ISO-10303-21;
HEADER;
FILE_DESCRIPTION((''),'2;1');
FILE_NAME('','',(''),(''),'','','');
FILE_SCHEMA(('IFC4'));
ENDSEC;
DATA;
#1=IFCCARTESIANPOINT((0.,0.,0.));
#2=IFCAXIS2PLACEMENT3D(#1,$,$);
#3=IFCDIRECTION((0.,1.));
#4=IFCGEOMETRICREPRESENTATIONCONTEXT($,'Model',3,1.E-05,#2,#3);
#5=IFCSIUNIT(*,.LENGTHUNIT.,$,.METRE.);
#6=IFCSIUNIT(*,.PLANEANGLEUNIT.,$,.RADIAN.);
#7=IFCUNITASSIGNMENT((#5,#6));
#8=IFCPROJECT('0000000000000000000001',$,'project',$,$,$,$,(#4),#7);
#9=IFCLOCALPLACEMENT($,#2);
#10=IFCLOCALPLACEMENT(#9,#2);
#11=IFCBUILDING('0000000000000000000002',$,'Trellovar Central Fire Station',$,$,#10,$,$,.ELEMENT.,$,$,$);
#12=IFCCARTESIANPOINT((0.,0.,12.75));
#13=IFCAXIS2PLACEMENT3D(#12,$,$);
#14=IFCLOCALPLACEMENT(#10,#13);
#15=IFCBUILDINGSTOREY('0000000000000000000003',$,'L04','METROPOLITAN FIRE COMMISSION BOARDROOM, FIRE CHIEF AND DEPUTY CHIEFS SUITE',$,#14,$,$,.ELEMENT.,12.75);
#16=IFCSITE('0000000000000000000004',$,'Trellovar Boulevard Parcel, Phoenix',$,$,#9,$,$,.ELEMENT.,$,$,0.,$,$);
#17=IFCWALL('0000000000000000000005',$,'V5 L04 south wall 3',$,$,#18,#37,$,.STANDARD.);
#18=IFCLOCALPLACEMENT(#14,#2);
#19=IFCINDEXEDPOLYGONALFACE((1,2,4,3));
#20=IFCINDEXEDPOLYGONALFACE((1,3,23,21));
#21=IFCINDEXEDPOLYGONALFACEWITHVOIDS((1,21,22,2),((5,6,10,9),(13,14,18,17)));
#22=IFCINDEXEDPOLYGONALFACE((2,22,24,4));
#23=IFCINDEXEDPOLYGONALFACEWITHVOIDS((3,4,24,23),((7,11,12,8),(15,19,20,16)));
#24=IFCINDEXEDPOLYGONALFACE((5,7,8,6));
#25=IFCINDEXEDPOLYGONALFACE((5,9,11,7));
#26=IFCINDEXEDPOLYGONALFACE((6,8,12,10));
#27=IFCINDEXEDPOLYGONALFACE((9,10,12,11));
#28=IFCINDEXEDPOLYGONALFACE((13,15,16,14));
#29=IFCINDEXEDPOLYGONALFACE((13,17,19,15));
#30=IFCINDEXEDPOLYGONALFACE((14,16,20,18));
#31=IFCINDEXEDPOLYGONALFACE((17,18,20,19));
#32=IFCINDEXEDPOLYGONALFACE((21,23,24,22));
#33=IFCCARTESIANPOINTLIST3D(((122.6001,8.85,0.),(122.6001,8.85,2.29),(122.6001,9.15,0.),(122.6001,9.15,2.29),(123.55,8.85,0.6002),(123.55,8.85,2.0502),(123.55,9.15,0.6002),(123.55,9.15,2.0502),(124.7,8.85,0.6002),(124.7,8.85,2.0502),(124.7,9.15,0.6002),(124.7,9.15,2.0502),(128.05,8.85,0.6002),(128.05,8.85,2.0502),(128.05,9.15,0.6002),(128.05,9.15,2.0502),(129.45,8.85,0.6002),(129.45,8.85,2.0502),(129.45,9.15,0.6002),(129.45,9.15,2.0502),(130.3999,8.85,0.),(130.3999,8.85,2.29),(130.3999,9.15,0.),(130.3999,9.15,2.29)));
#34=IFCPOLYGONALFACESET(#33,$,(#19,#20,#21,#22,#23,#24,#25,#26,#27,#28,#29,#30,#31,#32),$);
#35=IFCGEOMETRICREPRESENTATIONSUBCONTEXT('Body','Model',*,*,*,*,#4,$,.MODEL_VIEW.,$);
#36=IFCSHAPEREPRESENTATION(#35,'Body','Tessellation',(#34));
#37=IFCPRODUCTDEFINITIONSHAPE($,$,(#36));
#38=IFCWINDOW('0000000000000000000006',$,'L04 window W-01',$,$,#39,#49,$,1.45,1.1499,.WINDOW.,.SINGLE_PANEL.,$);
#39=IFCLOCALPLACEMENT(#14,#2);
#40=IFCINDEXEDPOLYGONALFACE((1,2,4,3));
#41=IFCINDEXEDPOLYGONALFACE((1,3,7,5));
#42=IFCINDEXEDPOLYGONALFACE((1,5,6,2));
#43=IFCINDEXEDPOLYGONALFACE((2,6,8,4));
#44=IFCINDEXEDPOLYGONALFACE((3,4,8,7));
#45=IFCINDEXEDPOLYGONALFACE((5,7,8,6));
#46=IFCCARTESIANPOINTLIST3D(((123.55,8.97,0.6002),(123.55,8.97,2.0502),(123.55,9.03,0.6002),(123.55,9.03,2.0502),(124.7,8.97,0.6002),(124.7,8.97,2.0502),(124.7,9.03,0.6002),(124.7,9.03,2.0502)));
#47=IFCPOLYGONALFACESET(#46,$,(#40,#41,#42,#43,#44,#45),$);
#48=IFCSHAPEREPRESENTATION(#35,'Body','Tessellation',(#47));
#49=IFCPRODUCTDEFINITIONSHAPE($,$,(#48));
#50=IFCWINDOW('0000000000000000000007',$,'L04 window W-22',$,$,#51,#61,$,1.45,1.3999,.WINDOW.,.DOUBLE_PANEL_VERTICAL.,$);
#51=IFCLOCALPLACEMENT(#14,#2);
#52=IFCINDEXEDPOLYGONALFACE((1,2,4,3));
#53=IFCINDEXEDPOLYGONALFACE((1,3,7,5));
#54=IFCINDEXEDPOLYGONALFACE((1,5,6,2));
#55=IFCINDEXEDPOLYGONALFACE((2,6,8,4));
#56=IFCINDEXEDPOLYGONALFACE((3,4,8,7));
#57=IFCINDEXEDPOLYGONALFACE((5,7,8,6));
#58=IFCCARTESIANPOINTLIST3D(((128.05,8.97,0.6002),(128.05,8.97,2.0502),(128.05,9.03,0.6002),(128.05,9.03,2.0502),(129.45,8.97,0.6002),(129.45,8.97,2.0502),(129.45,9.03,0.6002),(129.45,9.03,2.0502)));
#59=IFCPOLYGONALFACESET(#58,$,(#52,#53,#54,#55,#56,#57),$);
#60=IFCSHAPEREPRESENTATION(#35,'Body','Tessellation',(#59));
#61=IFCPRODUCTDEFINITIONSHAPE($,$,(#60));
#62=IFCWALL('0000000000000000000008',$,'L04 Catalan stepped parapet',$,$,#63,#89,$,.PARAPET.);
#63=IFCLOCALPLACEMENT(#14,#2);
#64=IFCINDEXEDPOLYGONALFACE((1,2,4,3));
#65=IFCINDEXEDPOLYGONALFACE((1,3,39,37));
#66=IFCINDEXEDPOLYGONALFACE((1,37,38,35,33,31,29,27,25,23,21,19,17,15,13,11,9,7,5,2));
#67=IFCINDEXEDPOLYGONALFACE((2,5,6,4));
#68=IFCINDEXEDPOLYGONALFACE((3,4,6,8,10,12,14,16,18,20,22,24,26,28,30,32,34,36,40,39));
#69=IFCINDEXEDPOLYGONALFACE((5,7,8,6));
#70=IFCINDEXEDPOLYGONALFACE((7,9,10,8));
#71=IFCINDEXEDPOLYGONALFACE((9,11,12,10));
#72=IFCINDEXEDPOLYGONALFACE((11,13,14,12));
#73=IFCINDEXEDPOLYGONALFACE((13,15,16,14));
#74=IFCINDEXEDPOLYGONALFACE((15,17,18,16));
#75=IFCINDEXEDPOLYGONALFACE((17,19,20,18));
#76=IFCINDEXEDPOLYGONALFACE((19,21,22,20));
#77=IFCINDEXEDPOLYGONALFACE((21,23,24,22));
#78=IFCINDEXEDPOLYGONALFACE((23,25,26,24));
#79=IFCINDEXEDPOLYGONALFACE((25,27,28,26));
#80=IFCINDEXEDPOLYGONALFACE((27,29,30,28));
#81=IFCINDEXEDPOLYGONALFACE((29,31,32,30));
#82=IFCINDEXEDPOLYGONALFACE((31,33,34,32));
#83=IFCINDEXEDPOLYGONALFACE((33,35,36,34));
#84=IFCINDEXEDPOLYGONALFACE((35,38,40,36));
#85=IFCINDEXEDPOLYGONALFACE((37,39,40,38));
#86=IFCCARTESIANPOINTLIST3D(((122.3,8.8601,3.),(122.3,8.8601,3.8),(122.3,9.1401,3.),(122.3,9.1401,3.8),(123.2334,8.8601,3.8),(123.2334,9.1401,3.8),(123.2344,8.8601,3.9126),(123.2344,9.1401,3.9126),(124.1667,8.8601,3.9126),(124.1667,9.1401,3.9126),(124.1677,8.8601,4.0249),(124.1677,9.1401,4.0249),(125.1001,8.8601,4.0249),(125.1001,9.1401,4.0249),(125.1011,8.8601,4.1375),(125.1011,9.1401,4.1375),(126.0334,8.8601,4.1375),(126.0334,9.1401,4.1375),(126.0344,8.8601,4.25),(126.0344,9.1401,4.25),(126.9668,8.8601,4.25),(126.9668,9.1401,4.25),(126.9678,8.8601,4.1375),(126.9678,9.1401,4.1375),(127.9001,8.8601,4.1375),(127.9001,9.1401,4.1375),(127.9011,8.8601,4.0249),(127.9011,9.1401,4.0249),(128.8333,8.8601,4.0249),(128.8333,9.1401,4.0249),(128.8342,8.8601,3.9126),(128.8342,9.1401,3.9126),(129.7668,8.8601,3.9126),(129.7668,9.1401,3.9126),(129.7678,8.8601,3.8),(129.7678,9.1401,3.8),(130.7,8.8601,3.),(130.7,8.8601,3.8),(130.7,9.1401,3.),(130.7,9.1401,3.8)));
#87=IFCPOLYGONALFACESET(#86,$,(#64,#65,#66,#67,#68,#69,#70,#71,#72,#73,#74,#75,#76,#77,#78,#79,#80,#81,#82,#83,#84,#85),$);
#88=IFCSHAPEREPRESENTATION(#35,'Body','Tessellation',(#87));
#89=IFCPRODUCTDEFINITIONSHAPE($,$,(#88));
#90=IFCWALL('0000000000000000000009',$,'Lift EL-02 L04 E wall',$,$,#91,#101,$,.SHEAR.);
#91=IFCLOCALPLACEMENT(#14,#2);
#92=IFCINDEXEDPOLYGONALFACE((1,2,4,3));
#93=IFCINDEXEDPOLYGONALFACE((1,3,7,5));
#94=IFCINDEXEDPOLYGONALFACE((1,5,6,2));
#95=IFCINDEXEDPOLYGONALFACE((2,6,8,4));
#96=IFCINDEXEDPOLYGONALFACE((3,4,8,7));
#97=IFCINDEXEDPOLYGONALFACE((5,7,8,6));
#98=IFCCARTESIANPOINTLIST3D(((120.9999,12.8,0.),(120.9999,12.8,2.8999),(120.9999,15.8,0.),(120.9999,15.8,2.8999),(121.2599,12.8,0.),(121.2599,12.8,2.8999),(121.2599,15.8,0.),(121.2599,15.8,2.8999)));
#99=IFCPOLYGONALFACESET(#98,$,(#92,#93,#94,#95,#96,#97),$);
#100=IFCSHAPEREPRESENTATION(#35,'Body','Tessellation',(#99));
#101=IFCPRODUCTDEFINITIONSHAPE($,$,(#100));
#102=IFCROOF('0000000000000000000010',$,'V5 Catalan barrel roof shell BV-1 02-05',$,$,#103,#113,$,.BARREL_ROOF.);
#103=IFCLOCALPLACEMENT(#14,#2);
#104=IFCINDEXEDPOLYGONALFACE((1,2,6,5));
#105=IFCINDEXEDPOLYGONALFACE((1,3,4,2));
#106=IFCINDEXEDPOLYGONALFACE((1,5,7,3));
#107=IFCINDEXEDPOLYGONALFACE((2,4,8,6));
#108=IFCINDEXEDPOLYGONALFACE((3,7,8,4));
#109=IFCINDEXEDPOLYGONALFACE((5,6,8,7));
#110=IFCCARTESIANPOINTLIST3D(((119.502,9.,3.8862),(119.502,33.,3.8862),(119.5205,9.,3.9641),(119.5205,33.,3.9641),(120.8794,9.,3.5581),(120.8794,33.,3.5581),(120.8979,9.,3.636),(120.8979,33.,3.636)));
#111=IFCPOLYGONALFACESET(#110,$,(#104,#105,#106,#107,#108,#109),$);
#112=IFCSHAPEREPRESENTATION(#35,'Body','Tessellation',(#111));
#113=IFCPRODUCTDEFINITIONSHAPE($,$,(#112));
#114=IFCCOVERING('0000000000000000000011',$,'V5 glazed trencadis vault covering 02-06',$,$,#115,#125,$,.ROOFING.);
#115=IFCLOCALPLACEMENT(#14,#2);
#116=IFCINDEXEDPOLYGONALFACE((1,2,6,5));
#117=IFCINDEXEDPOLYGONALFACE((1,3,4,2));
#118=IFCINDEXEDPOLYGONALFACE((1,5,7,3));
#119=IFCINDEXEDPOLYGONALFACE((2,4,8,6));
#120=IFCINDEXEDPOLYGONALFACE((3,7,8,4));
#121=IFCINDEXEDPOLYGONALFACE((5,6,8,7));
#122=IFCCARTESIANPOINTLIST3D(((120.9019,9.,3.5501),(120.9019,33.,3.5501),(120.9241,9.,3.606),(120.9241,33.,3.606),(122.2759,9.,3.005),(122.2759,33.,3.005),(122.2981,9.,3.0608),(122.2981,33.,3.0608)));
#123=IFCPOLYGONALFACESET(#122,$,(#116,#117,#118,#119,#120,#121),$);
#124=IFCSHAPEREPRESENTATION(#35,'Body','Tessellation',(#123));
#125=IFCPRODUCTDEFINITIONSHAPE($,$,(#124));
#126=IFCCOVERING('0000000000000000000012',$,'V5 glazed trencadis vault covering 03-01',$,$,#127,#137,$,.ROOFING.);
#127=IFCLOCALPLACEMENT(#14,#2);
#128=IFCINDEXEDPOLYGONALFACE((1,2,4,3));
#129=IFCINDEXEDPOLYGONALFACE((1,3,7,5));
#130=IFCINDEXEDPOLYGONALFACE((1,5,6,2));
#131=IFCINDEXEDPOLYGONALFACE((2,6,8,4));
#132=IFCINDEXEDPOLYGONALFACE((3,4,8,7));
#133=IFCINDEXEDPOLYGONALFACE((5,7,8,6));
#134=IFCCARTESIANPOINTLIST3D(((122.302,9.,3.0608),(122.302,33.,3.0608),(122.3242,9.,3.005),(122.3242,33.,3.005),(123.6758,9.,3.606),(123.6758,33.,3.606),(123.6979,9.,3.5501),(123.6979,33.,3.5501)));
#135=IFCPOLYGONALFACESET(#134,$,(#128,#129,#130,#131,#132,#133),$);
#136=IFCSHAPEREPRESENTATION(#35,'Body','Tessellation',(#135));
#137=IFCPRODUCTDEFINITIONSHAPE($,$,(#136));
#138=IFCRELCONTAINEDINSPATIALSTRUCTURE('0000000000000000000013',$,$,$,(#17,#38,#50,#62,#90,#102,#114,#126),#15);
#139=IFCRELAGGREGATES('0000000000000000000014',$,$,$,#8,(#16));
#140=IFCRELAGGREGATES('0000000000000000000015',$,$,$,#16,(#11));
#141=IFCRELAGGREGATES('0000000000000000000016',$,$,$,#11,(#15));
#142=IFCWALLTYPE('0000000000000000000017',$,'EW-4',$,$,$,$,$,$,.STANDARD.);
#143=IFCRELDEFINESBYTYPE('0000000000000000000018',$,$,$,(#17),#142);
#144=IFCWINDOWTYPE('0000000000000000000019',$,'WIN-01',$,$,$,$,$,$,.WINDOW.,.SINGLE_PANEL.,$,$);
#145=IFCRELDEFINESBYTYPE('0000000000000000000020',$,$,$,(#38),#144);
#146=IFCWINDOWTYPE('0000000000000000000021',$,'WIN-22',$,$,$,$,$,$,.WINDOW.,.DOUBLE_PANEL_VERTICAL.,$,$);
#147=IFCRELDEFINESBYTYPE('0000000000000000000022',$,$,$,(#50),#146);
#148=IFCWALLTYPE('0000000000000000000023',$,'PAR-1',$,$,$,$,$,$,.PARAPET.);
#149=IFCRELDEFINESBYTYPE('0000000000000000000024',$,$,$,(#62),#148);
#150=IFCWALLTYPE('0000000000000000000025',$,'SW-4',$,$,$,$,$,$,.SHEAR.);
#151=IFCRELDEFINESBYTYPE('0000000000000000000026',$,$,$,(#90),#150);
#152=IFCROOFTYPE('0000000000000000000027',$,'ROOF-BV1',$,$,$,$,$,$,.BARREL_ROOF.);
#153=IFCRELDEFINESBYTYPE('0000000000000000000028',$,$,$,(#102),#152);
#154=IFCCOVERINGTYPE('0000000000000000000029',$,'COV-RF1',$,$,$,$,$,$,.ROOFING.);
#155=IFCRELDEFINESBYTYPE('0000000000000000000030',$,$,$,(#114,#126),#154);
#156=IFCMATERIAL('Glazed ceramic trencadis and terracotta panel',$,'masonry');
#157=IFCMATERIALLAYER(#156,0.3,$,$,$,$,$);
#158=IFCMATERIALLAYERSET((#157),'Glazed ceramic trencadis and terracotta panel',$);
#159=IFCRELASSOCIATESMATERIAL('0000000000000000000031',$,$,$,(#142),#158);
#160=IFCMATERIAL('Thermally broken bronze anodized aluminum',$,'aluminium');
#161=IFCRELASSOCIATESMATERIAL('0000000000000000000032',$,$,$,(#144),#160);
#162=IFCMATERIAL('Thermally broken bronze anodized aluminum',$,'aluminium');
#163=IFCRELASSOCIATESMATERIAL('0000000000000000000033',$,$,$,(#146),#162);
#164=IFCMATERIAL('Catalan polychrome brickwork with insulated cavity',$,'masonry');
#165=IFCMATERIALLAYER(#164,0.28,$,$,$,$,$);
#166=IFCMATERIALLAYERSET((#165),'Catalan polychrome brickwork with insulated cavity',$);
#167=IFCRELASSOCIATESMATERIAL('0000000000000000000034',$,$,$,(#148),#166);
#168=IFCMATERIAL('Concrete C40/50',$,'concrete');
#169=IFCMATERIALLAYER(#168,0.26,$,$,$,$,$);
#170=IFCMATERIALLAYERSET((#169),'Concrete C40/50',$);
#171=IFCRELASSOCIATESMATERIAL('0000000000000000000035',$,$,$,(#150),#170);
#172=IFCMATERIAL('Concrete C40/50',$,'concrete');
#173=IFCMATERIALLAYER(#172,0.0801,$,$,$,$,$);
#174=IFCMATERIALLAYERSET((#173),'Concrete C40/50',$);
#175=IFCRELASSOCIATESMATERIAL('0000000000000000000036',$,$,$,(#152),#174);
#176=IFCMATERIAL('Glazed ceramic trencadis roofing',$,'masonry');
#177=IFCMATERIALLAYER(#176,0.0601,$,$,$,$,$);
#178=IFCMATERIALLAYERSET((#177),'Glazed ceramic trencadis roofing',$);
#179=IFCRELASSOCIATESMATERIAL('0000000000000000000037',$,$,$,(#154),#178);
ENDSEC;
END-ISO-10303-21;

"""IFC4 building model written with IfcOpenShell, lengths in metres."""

from ifc_helpers import new_model, si_unit, direction, frame, frame_2d, origin, place, context, subcontext, project, spatial, polyline, rectangle, outline, extrude, material, layer, layer_set, type_object, element, fill, save


model = new_model("IFC4")

# Units and contexts
model_context = context("Model", 3, precision=1e-05, world=origin(), true_north=direction((0.0, 1.0)))
body_context = subcontext(model_context, "Body", "Model", "MODEL_VIEW")
ifc_project = project(units=[si_unit("LENGTHUNIT", "METRE"), si_unit("PLANEANGLEUNIT", "RADIAN")], contexts=[model_context])

# Site, building, storey
site_placement = place(None, origin())
site = spatial("IfcSite", under=ifc_project, at=site_placement, Name="Trellovar Boulevard Parcel, Phoenix", CompositionType="ELEMENT", RefElevation=0.0)
building_placement = place(site_placement, origin())
building = spatial("IfcBuilding", under=site, at=building_placement, Name="Trellovar Central Fire Station", CompositionType="ELEMENT")
storey_placement = place(building_placement, frame((0.0, 0.0, 12.75)))
storey = spatial("IfcBuildingStorey", under=building, at=storey_placement, Name="L04", Description="METROPOLITAN FIRE COMMISSION BOARDROOM, FIRE CHIEF AND DEPUTY CHIEFS SUITE", CompositionType="ELEMENT", Elevation=12.75)

# Wall, openings, windows
ifc_material_1 = material(Name="Glazed ceramic trencadis and terracotta panel", Category="masonry")
ifc_layer_1 = layer(ifc_material_1, 0.3)
ifc_layer_set_1 = layer_set([ifc_layer_1], Name="Glazed ceramic trencadis and terracotta panel")
wall_type_1 = type_object("IfcWallType", Name="EW-4", PredefinedType="STANDARD", material=ifc_layer_set_1)
wall_1_placement = place(storey_placement, frame((122.6001, 9.0, 0.0), z_axis=(0.0, 0.0, 1.0), x_axis=(1.0, 0.0, 0.0)))
wall_1 = element("IfcWall", 1, at=wall_1_placement, inside=storey, type_object=wall_type_1, Name="V5 L04 south wall 3", PredefinedType="STANDARD", context=body_context, shape_type="SweptSolid", body=[
    extrude(rectangle(XDim=7.7998, YDim=0.3, at=frame_2d((3.8999, 0.0))), origin(), (0.0, 0.0, 1.0), 2.29),
])
opening_1_placement = place(wall_1_placement, frame((0.95, 0.0, 0.6001)))
opening_1 = element("IfcOpeningElement", 2, at=opening_1_placement, cuts=wall_1, PredefinedType="OPENING", context=body_context, shape_type="SweptSolid", body=[
    extrude(rectangle(XDim=1.1499, YDim=1.45, at=frame_2d((0.575, 0.7251))), frame((0.0, 0.1599, 0.0), z_axis=(0.0, -1.0, 0.0), x_axis=(1.0, 0.0, 0.0)), (0.0, 0.0, 1.0), 0.3201),
])
opening_2_placement = place(wall_1_placement, frame((5.45, 0.0, 0.6001)))
opening_2 = element("IfcOpeningElement", 3, at=opening_2_placement, cuts=wall_1, PredefinedType="OPENING", context=body_context, shape_type="SweptSolid", body=[
    extrude(rectangle(XDim=1.3999, YDim=1.45, at=frame_2d((0.7, 0.7251))), frame((0.0, 0.1599, 0.0), z_axis=(0.0, -1.0, 0.0), x_axis=(1.0, 0.0, 0.0)), (0.0, 0.0, 1.0), 0.3201),
])
ifc_material_2 = material(Name="Thermally broken bronze anodized aluminum", Category="aluminium")
window_type_1 = type_object("IfcWindowType", Name="WIN-01", PartitioningType="SINGLE_PANEL", PredefinedType="WINDOW", material=ifc_material_2)
window_1_placement = place(opening_1_placement, origin())
window_1 = element("IfcWindow", 4, at=window_1_placement, inside=storey, type_object=window_type_1, Name="L04 window W-01", OverallHeight=1.45, OverallWidth=1.1499, PartitioningType="SINGLE_PANEL", PredefinedType="WINDOW", context=body_context, shape_type="SweptSolid", body=[
    extrude(rectangle(XDim=1.1499, YDim=1.45, at=frame_2d((0.575, 0.7251))), frame((0.0, 0.03, 0.0), z_axis=(0.0, -1.0, 0.0), x_axis=(1.0, 0.0, 0.0)), (0.0, 0.0, 1.0), 0.0601),
])
fill(opening_1, window_1)
ifc_material_3 = material(Name="Thermally broken bronze anodized aluminum", Category="aluminium")
window_type_2 = type_object("IfcWindowType", Name="WIN-22", PartitioningType="DOUBLE_PANEL_VERTICAL", PredefinedType="WINDOW", material=ifc_material_3)
window_2_placement = place(opening_2_placement, origin())
window_2 = element("IfcWindow", 5, at=window_2_placement, inside=storey, type_object=window_type_2, Name="L04 window W-22", OverallHeight=1.45, OverallWidth=1.3999, PartitioningType="DOUBLE_PANEL_VERTICAL", PredefinedType="WINDOW", context=body_context, shape_type="SweptSolid", body=[
    extrude(rectangle(XDim=1.3999, YDim=1.45, at=frame_2d((0.7, 0.7251))), frame((0.0, 0.03, 0.0), z_axis=(0.0, -1.0, 0.0), x_axis=(1.0, 0.0, 0.0)), (0.0, 0.0, 1.0), 0.0601),
])
fill(opening_2, window_2)

# Wall
ifc_material_4 = material(Name="Catalan polychrome brickwork with insulated cavity", Category="masonry")
ifc_layer_2 = layer(ifc_material_4, 0.28)
ifc_layer_set_2 = layer_set([ifc_layer_2], Name="Catalan polychrome brickwork with insulated cavity")
wall_type_2 = type_object("IfcWallType", Name="PAR-1", PredefinedType="PARAPET", material=ifc_layer_set_2)
wall_2_placement = place(storey_placement, frame((122.3, 9.0, 3.0), z_axis=(0.0, 0.0, 1.0), x_axis=(1.0, 0.0, 0.0)))
element("IfcWall", 6, at=wall_2_placement, inside=storey, type_object=wall_type_2, Name="L04 Catalan stepped parapet", PredefinedType="PARAPET", context=body_context, shape_type="SweptSolid", body=[
    extrude(outline(polyline([(0.0, 0.0), (8.3999, 0.0), (8.3999, 0.8), (7.4678, 0.8), (7.4668, 0.9126), (6.5342, 0.9126), (6.5332, 1.0249), (5.6011, 1.0249), (5.6001, 1.1375), (4.6677, 1.1375), (4.6667, 1.25), (3.7344, 1.25), (3.7334, 1.1375), (2.801, 1.1375), (2.8, 1.0249), (1.8677, 1.0249), (1.8667, 0.9126), (0.9343, 0.9126), (0.9333, 0.8), (0.0, 0.8), (0.0, 0.0)])), frame((0.0, 0.1401, 0.0), z_axis=(0.0, -1.0, 0.0), x_axis=(1.0, 0.0, 0.0)), (0.0, 0.0, 1.0), 0.28),
])

# Shared definitions
ifc_material_5 = material(Name="Concrete C40/50", Category="concrete")
ifc_layer_3 = layer(ifc_material_5, 0.26)
ifc_layer_set_3 = layer_set([ifc_layer_3], Name="Concrete C40/50")
wall_type_3 = type_object("IfcWallType", Name="SW-4", PredefinedType="SHEAR", material=ifc_layer_set_3)

# Wall
wall_3_placement = place(storey_placement, frame((121.1299, 12.8, 0.0), z_axis=(0.0, 0.0, 1.0), x_axis=(0.0, 1.0, 0.0)))
element("IfcWall", 7, at=wall_3_placement, inside=storey, type_object=wall_type_3, Name="Lift EL-02 L04 E wall", PredefinedType="SHEAR", context=body_context, shape_type="SweptSolid", body=[
    extrude(rectangle(XDim=3.0, YDim=0.26, at=frame_2d((1.5, 0.0))), origin(), (0.0, 0.0, 1.0), 2.8999),
])

# Roof
ifc_material_6 = material(Name="Concrete C40/50", Category="concrete")
ifc_layer_4 = layer(ifc_material_6, 0.0801)
ifc_layer_set_4 = layer_set([ifc_layer_4], Name="Concrete C40/50")
roof_type = type_object("IfcRoofType", Name="ROOF-BV1", PredefinedType="BARREL_ROOF", material=ifc_layer_set_4)
roof_placement = place(storey_placement, frame((119.5205, 9.0, 3.9641), z_axis=(0.231729, 0.0, 0.97278), x_axis=(0.97278, 0.0, -0.231729)))
element("IfcRoof", 8, at=roof_placement, inside=storey, type_object=roof_type, Name="V5 Catalan barrel roof shell BV-1 02-05", PredefinedType="BARREL_ROOF", context=body_context, shape_type="SweptSolid", body=[
    extrude(outline(polyline([(0.0, 0.0), (1.416, 0.0), (1.416, 24.0), (0.0, 24.0), (0.0, 0.0)])), origin(), (0.0, 0.0, -1.0), 0.0801),
])

# Coverings
ifc_material_7 = material(Name="Glazed ceramic trencadis roofing", Category="masonry")
ifc_layer_5 = layer(ifc_material_7, 0.0601)
ifc_layer_set_5 = layer_set([ifc_layer_5], Name="Glazed ceramic trencadis roofing")
covering_type = type_object("IfcCoveringType", Name="COV-RF1", PredefinedType="ROOFING", material=ifc_layer_set_5)
covering_1_placement = place(storey_placement, frame((120.9241, 9.0, 3.606), z_axis=(0.368798, 0.0, 0.92951), x_axis=(0.92951, 0.0, -0.368798)))
element("IfcCovering", 9, at=covering_1_placement, inside=storey, type_object=covering_type, Name="V5 glazed trencadis vault covering 02-06", PredefinedType="ROOFING", context=body_context, shape_type="SweptSolid", body=[
    extrude(outline(polyline([(0.0, 0.0), (1.4782, 0.0), (1.4782, 24.0), (0.0, 24.0), (0.0, 0.0)])), origin(), (0.0, 0.0, -1.0), 0.0601),
])
covering_2_placement = place(storey_placement, frame((122.302, 9.0, 3.0608), z_axis=(-0.368855, 0.0, 0.929487), x_axis=(0.929487, 0.0, 0.368855)))
element("IfcCovering", 10, at=covering_2_placement, inside=storey, type_object=covering_type, Name="V5 glazed trencadis vault covering 03-01", PredefinedType="ROOFING", context=body_context, shape_type="SweptSolid", body=[
    extrude(outline(polyline([(0.0, 0.0), (1.478, 0.0), (1.478, 24.0), (0.0, 24.0), (0.0, 0.0)])), origin(), (0.0, 0.0, -1.0), 0.0601),
])

save(model, "model.ifc")
